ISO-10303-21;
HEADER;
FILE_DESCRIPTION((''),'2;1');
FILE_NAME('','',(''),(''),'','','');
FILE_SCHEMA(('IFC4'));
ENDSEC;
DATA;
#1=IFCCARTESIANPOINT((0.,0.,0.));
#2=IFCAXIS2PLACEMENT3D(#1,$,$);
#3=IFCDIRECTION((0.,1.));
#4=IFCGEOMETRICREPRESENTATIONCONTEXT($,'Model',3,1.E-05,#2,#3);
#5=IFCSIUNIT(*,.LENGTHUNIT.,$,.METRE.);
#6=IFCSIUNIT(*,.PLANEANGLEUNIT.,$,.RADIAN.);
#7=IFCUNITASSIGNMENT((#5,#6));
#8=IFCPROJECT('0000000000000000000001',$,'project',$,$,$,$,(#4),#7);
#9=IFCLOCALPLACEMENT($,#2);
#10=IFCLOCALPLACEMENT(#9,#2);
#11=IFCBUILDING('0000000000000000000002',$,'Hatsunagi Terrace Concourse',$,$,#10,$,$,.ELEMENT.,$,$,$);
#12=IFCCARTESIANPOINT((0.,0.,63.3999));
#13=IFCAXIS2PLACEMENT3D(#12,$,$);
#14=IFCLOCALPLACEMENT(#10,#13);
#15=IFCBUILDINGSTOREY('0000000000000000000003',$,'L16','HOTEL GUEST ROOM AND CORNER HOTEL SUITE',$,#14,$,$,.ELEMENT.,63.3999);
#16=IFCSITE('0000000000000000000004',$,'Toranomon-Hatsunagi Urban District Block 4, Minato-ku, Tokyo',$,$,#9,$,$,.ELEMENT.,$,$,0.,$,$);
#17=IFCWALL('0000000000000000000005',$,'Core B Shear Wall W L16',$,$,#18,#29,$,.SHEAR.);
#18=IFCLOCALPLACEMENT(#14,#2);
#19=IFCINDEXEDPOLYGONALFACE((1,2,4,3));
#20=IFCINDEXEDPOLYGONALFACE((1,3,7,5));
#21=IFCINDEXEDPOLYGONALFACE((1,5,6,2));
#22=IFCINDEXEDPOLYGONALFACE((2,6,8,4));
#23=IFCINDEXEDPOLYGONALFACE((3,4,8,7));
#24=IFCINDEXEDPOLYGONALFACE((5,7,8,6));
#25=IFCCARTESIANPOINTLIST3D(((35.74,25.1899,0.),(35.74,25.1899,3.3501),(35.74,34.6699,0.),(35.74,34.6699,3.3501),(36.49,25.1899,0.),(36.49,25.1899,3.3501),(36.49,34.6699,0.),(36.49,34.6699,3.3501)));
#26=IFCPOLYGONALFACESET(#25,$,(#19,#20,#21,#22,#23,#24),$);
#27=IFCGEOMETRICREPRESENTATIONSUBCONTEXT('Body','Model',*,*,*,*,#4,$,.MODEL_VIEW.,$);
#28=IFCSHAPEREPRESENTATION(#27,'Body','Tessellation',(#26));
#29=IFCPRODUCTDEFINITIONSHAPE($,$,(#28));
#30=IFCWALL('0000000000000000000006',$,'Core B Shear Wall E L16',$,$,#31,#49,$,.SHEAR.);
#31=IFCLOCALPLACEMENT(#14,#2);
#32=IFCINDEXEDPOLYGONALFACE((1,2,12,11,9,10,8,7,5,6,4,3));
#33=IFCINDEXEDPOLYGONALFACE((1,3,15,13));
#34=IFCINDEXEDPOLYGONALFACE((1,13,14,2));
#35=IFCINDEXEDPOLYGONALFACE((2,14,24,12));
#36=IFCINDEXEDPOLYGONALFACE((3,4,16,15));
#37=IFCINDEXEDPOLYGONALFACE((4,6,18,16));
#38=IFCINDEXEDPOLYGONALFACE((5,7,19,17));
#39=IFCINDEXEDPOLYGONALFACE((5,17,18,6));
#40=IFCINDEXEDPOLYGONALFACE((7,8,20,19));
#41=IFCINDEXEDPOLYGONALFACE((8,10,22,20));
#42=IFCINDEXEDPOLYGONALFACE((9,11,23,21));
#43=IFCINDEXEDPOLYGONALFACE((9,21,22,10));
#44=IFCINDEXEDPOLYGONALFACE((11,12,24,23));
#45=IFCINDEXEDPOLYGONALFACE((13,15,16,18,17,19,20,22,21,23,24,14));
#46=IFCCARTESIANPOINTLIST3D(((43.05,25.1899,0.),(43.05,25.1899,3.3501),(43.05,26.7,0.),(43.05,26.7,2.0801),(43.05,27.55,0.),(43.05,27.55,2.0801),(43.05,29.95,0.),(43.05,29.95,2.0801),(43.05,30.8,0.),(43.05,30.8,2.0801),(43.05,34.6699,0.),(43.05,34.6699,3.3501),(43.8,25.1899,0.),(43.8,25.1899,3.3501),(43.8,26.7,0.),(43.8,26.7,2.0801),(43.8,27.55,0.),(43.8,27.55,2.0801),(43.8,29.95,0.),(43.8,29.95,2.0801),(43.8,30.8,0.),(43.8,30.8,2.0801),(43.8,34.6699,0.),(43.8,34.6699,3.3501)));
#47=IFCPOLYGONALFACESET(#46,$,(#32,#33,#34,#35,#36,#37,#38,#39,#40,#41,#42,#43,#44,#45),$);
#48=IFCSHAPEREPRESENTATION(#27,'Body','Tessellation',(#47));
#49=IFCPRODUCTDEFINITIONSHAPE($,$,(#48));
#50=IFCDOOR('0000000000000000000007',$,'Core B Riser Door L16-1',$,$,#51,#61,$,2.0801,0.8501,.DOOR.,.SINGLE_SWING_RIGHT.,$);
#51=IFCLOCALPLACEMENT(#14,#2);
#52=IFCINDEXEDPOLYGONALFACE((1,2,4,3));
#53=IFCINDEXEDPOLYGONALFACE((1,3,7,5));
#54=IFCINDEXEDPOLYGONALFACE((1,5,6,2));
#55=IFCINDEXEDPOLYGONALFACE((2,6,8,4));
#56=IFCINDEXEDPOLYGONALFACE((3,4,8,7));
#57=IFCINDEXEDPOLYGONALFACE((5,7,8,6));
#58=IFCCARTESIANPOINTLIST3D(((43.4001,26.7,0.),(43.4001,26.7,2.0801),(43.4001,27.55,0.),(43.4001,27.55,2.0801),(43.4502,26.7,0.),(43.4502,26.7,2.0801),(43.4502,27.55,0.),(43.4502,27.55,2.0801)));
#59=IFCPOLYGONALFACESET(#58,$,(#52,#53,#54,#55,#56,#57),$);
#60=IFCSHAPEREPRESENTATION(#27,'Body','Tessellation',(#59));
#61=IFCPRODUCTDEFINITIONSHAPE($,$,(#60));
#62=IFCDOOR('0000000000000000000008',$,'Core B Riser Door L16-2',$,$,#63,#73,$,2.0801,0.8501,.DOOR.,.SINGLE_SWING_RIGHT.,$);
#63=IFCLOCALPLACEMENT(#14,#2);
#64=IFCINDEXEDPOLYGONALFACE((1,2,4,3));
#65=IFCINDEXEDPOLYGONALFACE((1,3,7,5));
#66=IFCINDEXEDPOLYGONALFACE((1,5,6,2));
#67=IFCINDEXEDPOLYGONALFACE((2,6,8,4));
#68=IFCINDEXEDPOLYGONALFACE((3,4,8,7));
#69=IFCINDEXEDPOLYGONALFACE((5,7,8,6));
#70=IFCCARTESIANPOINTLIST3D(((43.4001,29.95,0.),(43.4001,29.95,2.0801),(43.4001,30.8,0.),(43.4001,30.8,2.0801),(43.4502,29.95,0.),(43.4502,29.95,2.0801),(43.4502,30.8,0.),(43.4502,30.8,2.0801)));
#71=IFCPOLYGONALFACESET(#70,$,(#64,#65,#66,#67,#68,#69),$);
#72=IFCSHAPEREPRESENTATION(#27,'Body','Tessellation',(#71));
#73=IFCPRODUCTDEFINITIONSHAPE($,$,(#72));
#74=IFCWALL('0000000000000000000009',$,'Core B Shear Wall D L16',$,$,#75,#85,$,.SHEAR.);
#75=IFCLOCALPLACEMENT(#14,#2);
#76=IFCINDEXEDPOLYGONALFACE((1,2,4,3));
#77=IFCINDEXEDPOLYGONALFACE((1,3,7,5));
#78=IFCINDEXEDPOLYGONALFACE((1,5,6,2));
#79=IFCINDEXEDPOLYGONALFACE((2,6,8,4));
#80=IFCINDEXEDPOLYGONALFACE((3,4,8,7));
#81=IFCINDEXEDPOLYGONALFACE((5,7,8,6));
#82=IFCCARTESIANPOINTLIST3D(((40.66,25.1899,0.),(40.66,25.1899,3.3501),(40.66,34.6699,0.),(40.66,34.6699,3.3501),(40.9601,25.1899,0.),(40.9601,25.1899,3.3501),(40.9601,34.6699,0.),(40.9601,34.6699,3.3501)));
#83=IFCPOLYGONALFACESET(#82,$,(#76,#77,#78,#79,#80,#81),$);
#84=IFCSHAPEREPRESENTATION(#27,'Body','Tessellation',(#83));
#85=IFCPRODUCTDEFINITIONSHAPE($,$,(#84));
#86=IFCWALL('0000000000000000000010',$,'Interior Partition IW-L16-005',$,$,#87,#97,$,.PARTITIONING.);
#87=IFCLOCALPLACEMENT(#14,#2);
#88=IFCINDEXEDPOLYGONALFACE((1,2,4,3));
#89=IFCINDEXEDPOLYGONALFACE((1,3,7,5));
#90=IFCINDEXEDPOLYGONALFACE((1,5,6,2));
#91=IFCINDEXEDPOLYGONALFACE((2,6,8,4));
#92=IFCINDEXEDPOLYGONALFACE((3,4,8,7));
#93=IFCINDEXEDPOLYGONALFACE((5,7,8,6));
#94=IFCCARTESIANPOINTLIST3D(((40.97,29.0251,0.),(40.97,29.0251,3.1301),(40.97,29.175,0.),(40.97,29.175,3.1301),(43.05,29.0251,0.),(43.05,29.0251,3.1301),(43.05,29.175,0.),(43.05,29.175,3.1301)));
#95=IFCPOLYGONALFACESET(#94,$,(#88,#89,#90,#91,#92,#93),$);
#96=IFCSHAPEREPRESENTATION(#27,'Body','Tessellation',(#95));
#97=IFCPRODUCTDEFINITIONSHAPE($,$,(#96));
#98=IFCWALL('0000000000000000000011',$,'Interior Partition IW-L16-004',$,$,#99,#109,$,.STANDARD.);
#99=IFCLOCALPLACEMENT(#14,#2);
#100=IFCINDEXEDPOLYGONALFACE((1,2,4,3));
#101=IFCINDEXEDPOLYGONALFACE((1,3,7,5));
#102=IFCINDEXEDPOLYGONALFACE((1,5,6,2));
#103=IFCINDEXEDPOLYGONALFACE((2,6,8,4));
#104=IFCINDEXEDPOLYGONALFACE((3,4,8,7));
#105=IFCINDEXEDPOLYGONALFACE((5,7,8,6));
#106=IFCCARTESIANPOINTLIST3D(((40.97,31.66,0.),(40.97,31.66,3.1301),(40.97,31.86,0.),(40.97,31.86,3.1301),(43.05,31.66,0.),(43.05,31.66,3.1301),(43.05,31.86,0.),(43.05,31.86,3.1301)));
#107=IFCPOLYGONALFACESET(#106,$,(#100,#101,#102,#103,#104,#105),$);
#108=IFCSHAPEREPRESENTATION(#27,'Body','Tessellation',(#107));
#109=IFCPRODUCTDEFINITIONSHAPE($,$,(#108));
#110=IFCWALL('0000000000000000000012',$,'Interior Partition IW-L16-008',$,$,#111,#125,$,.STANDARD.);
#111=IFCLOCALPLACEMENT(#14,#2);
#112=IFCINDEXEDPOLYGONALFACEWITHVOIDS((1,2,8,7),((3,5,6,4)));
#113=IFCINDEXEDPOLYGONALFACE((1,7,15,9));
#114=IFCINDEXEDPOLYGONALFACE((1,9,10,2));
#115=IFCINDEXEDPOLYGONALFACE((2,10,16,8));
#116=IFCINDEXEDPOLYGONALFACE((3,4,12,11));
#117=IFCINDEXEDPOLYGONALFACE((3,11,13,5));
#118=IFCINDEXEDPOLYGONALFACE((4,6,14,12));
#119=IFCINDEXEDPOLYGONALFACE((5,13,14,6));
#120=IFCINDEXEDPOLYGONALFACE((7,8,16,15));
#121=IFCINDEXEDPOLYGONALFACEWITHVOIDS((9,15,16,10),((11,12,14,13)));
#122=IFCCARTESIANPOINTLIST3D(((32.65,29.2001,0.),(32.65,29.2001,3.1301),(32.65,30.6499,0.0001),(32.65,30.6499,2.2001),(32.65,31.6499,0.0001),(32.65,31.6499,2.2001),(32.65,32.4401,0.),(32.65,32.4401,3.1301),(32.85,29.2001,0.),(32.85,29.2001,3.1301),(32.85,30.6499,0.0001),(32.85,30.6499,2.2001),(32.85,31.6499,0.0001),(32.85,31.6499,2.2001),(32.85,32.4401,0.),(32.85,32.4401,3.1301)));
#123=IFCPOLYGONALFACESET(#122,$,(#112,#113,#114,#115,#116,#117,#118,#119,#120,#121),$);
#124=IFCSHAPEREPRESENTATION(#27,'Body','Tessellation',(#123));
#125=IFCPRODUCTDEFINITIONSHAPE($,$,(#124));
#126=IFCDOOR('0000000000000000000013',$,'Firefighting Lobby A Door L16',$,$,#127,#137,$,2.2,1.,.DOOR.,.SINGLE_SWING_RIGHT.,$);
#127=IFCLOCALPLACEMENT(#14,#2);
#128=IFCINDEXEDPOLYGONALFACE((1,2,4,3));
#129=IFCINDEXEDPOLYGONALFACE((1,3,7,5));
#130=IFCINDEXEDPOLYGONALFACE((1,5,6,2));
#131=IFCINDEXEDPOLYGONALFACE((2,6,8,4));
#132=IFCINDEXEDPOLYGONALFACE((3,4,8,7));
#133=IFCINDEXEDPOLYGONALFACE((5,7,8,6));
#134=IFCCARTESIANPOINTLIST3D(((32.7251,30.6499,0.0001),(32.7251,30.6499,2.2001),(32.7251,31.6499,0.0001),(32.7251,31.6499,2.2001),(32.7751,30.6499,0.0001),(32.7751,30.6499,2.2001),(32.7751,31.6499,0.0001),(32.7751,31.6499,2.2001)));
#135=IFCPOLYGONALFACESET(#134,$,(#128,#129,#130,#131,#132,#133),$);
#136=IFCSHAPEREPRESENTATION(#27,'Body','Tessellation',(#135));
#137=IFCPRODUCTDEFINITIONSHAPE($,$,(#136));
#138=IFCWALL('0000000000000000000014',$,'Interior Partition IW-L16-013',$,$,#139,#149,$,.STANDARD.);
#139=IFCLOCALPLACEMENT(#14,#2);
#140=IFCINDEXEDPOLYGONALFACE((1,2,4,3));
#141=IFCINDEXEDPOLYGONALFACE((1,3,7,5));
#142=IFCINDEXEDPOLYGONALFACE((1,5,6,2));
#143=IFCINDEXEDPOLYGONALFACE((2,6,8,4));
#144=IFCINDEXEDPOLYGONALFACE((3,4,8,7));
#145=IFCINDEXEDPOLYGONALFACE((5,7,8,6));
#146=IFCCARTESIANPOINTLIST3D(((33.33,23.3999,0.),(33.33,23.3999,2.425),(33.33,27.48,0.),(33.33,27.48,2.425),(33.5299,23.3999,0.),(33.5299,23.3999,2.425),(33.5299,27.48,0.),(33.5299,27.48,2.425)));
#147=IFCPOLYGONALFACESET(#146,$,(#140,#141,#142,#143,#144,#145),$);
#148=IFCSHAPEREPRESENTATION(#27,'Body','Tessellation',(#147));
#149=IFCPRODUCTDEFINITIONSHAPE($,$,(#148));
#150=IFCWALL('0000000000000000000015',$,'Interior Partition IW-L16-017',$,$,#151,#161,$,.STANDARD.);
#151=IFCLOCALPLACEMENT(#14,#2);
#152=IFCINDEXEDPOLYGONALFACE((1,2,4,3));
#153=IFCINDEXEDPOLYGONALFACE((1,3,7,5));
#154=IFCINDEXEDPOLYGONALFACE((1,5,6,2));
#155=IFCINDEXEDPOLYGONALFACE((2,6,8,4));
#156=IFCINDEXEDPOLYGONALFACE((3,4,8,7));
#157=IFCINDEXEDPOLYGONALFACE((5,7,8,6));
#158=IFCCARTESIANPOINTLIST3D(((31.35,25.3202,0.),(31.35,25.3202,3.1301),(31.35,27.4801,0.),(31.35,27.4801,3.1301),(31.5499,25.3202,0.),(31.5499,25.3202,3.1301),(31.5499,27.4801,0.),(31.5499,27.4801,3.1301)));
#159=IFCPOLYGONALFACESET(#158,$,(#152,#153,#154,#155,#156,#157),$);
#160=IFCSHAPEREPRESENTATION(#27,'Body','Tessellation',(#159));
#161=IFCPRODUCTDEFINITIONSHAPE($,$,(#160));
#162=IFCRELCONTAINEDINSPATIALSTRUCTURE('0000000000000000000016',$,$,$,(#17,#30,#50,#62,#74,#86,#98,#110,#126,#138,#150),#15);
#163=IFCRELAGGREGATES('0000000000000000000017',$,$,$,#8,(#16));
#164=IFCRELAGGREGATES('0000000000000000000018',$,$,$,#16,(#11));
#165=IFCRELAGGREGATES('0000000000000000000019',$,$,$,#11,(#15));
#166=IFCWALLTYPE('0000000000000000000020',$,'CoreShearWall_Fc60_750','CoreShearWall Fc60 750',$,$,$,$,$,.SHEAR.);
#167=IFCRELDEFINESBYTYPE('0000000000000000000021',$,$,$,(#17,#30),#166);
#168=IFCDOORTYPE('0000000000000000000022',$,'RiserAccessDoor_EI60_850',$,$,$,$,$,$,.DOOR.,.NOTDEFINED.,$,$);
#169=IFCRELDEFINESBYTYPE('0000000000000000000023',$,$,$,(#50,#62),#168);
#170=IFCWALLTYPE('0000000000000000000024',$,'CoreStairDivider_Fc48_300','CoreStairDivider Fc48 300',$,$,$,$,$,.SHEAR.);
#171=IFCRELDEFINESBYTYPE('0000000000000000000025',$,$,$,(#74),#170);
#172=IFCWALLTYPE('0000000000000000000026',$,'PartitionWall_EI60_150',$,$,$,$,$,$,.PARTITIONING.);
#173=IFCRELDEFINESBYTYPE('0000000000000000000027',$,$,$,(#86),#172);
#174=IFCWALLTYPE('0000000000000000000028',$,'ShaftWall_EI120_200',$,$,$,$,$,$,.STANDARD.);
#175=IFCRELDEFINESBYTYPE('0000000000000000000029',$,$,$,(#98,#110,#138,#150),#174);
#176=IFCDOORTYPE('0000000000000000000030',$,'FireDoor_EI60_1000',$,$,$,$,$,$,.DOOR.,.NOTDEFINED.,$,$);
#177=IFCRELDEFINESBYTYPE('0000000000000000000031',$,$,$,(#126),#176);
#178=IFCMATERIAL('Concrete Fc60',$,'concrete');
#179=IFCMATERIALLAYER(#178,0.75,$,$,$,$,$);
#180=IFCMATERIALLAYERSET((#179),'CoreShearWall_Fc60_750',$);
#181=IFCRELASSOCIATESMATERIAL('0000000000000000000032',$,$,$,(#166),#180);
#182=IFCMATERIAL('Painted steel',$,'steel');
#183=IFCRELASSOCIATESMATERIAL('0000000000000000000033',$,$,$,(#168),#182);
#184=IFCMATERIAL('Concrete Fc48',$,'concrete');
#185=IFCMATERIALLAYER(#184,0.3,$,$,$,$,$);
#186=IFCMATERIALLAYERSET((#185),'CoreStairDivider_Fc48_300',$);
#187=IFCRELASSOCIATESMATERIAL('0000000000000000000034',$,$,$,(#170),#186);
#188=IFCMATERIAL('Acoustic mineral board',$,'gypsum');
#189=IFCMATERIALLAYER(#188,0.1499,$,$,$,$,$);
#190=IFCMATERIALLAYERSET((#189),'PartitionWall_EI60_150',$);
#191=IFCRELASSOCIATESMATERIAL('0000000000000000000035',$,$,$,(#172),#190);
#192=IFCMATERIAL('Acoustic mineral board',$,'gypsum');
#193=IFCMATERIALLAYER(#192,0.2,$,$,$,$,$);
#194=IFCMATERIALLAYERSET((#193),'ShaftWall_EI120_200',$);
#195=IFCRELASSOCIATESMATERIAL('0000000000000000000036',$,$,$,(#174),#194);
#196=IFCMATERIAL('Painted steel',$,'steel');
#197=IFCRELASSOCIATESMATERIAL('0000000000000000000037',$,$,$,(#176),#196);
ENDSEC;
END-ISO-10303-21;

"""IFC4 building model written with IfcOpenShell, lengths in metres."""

from ifc_helpers import new_model, si_unit, direction, frame, frame_2d, origin, place, context, subcontext, project, spatial, rectangle, extrude, material, layer, layer_set, type_object, element, fill, save


model = new_model("IFC4")

# Units and contexts
model_context = context("Model", 3, precision=1e-05, world=origin(), true_north=direction((0.0, 1.0)))
body_context = subcontext(model_context, "Body", "Model", "MODEL_VIEW")
ifc_project = project(units=[si_unit("LENGTHUNIT", "METRE"), si_unit("PLANEANGLEUNIT", "RADIAN")], contexts=[model_context])

# Site, building, storey
site_placement = place(None, origin())
site = spatial("IfcSite", under=ifc_project, at=site_placement, Name="Toranomon-Hatsunagi Urban District Block 4, Minato-ku, Tokyo", CompositionType="ELEMENT", RefElevation=0.0)
building_placement = place(site_placement, origin())
building = spatial("IfcBuilding", under=site, at=building_placement, Name="Hatsunagi Terrace Concourse", CompositionType="ELEMENT")
storey_placement = place(building_placement, frame((0.0, 0.0, 63.3999)))
storey = spatial("IfcBuildingStorey", under=building, at=storey_placement, Name="L16", Description="HOTEL GUEST ROOM AND CORNER HOTEL SUITE", CompositionType="ELEMENT", Elevation=63.3999)

# Wall
ifc_material_1 = material(Name="Concrete Fc60", Category="concrete")
ifc_layer_1 = layer(ifc_material_1, 0.75)
ifc_layer_set_1 = layer_set([ifc_layer_1], Name="CoreShearWall_Fc60_750")
wall_type_1 = type_object("IfcWallType", Name="CoreShearWall_Fc60_750", Description="CoreShearWall Fc60 750", PredefinedType="SHEAR", material=ifc_layer_set_1)
wall_1_placement = place(storey_placement, frame((36.115, 25.1899, 0.0), z_axis=(0.0, 0.0, 1.0), x_axis=(0.0, 1.0, 0.0)))
element("IfcWall", 1, at=wall_1_placement, inside=storey, type_object=wall_type_1, Name="Core B Shear Wall W L16", PredefinedType="SHEAR", context=body_context, shape_type="SweptSolid", body=[
    extrude(rectangle(XDim=9.48, YDim=0.75, at=frame_2d((4.74, 0.0))), origin(), (0.0, 0.0, 1.0), 3.3501),
])

# Wall, openings, doors
wall_2_placement = place(storey_placement, frame((43.425, 25.1899, 0.0), z_axis=(0.0, 0.0, 1.0), x_axis=(0.0, 1.0, 0.0)))
wall_2 = element("IfcWall", 2, at=wall_2_placement, inside=storey, type_object=wall_type_1, Name="Core B Shear Wall E L16", PredefinedType="SHEAR", context=body_context, shape_type="SweptSolid", body=[
    extrude(rectangle(XDim=9.48, YDim=0.75, at=frame_2d((4.74, 0.0))), origin(), (0.0, 0.0, 1.0), 3.3501),
])
opening_1_placement = place(wall_2_placement, frame((1.51, 0.0, 0.0)))
opening_1 = element("IfcOpeningElement", 3, at=opening_1_placement, cuts=wall_2, PredefinedType="OPENING", context=body_context, shape_type="SweptSolid", body=[
    extrude(rectangle(XDim=0.8501, YDim=2.0801, at=frame_2d((0.425, 1.04))), frame((0.0, 0.385, 0.0), z_axis=(0.0, -1.0, 0.0), x_axis=(1.0, 0.0, 0.0)), (0.0, 0.0, 1.0), 0.77),
])
opening_2_placement = place(wall_2_placement, frame((4.76, 0.0, 0.0)))
opening_2 = element("IfcOpeningElement", 4, at=opening_2_placement, cuts=wall_2, PredefinedType="OPENING", context=body_context, shape_type="SweptSolid", body=[
    extrude(rectangle(XDim=0.8501, YDim=2.0801, at=frame_2d((0.425, 1.04))), frame((0.0, 0.385, 0.0), z_axis=(0.0, -1.0, 0.0), x_axis=(1.0, 0.0, 0.0)), (0.0, 0.0, 1.0), 0.77),
])
ifc_material_2 = material(Name="Painted steel", Category="steel")
door_type_1 = type_object("IfcDoorType", Name="RiserAccessDoor_EI60_850", OperationType="NOTDEFINED", PredefinedType="DOOR", material=ifc_material_2)
door_1_placement = place(opening_1_placement, origin())
door_1 = element("IfcDoor", 5, at=door_1_placement, inside=storey, type_object=door_type_1, Name="Core B Riser Door L16-1", OperationType="SINGLE_SWING_RIGHT", OverallHeight=2.0801, OverallWidth=0.8501, PredefinedType="DOOR", context=body_context, shape_type="SweptSolid", body=[
    extrude(rectangle(XDim=0.8501, YDim=2.0801, at=frame_2d((0.425, 1.04))), frame((0.0, 0.0249, 0.0), z_axis=(0.0, -1.0, 0.0), x_axis=(1.0, 0.0, 0.0)), (0.0, 0.0, 1.0), 0.05),
])
fill(opening_1, door_1)
door_2_placement = place(opening_2_placement, origin())
door_2 = element("IfcDoor", 6, at=door_2_placement, inside=storey, type_object=door_type_1, Name="Core B Riser Door L16-2", OperationType="SINGLE_SWING_RIGHT", OverallHeight=2.0801, OverallWidth=0.8501, PredefinedType="DOOR", context=body_context, shape_type="SweptSolid", body=[
    extrude(rectangle(XDim=0.8501, YDim=2.0801, at=frame_2d((0.425, 1.04))), frame((0.0, 0.0249, 0.0), z_axis=(0.0, -1.0, 0.0), x_axis=(1.0, 0.0, 0.0)), (0.0, 0.0, 1.0), 0.05),
])
fill(opening_2, door_2)

# Walls
ifc_material_3 = material(Name="Concrete Fc48", Category="concrete")
ifc_layer_2 = layer(ifc_material_3, 0.3)
ifc_layer_set_2 = layer_set([ifc_layer_2], Name="CoreStairDivider_Fc48_300")
wall_type_2 = type_object("IfcWallType", Name="CoreStairDivider_Fc48_300", Description="CoreStairDivider Fc48 300", PredefinedType="SHEAR", material=ifc_layer_set_2)
wall_3_placement = place(storey_placement, frame((40.8101, 25.1899, 0.0), z_axis=(0.0, 0.0, 1.0), x_axis=(0.0, 1.0, 0.0)))
element("IfcWall", 7, at=wall_3_placement, inside=storey, type_object=wall_type_2, Name="Core B Shear Wall D L16", PredefinedType="SHEAR", context=body_context, shape_type="SweptSolid", body=[
    extrude(rectangle(XDim=9.48, YDim=0.3, at=frame_2d((4.74, 0.0))), origin(), (0.0, 0.0, 1.0), 3.3501),
])
ifc_material_4 = material(Name="Acoustic mineral board", Category="gypsum")
ifc_layer_3 = layer(ifc_material_4, 0.1499)
ifc_layer_set_3 = layer_set([ifc_layer_3], Name="PartitionWall_EI60_150")
wall_type_3 = type_object("IfcWallType", Name="PartitionWall_EI60_150", PredefinedType="PARTITIONING", material=ifc_layer_set_3)
wall_4_placement = place(storey_placement, frame((40.97, 29.1001, 0.0), z_axis=(0.0, 0.0, 1.0), x_axis=(1.0, 0.0, 0.0)))
element("IfcWall", 8, at=wall_4_placement, inside=storey, type_object=wall_type_3, Name="Interior Partition IW-L16-005", PredefinedType="PARTITIONING", context=body_context, shape_type="SweptSolid", body=[
    extrude(rectangle(XDim=2.0801, YDim=0.1499, at=frame_2d((1.04, 0.0))), origin(), (0.0, 0.0, 1.0), 3.1301),
])

# Wall
ifc_material_5 = material(Name="Acoustic mineral board", Category="gypsum")
ifc_layer_4 = layer(ifc_material_5, 0.2)
ifc_layer_set_4 = layer_set([ifc_layer_4], Name="ShaftWall_EI120_200")
wall_type_4 = type_object("IfcWallType", Name="ShaftWall_EI120_200", PredefinedType="STANDARD", material=ifc_layer_set_4)
wall_5_placement = place(storey_placement, frame((40.97, 31.76, 0.0), z_axis=(0.0, 0.0, 1.0), x_axis=(1.0, 0.0, 0.0)))
element("IfcWall", 9, at=wall_5_placement, inside=storey, type_object=wall_type_4, Name="Interior Partition IW-L16-004", PredefinedType="STANDARD", context=body_context, shape_type="SweptSolid", body=[
    extrude(rectangle(XDim=2.0801, YDim=0.2, at=frame_2d((1.04, 0.0))), origin(), (0.0, 0.0, 1.0), 3.1301),
])

# Wall, opening, door
wall_6_placement = place(storey_placement, frame((32.75, 29.2, 0.0), z_axis=(0.0, 0.0, 1.0), x_axis=(0.0, 1.0, 0.0)))
wall_6 = element("IfcWall", 10, at=wall_6_placement, inside=storey, type_object=wall_type_4, Name="Interior Partition IW-L16-008", PredefinedType="STANDARD", context=body_context, shape_type="SweptSolid", body=[
    extrude(rectangle(XDim=3.24, YDim=0.2, at=frame_2d((1.6201, 0.0))), origin(), (0.0, 0.0, 1.0), 3.1301),
])
opening_3_placement = place(wall_6_placement, frame((1.45, 0.0, 0.0)))
opening_3 = element("IfcOpeningElement", 11, at=opening_3_placement, cuts=wall_6, PredefinedType="OPENING", context=body_context, shape_type="SweptSolid", body=[
    extrude(rectangle(XDim=1.0, YDim=2.2, at=frame_2d((0.5, 1.1001))), frame((0.0, 0.1099, 0.0), z_axis=(0.0, -1.0, 0.0), x_axis=(1.0, 0.0, 0.0)), (0.0, 0.0, 1.0), 0.22),
])
ifc_material_6 = material(Name="Painted steel", Category="steel")
door_type_2 = type_object("IfcDoorType", Name="FireDoor_EI60_1000", OperationType="NOTDEFINED", PredefinedType="DOOR", material=ifc_material_6)
door_3_placement = place(opening_3_placement, origin())
door_3 = element("IfcDoor", 12, at=door_3_placement, inside=storey, type_object=door_type_2, Name="Firefighting Lobby A Door L16", OperationType="SINGLE_SWING_RIGHT", OverallHeight=2.2, OverallWidth=1.0, PredefinedType="DOOR", context=body_context, shape_type="SweptSolid", body=[
    extrude(rectangle(XDim=1.0, YDim=2.2, at=frame_2d((0.5, 1.1001))), frame((0.0, 0.0249, 0.0), z_axis=(0.0, -1.0, 0.0), x_axis=(1.0, 0.0, 0.0)), (0.0, 0.0, 1.0), 0.05),
])
fill(opening_3, door_3)

# Walls
wall_7_placement = place(storey_placement, frame((33.4299, 23.3999, 0.0), z_axis=(0.0, 0.0, 1.0), x_axis=(0.0, 1.0, 0.0)))
element("IfcWall", 13, at=wall_7_placement, inside=storey, type_object=wall_type_4, Name="Interior Partition IW-L16-013", PredefinedType="STANDARD", context=body_context, shape_type="SweptSolid", body=[
    extrude(rectangle(XDim=4.0801, YDim=0.2, at=frame_2d((2.04, 0.0))), origin(), (0.0, 0.0, 1.0), 2.425),
])
wall_8_placement = place(storey_placement, frame((31.45, 25.3201, 0.0), z_axis=(0.0, 0.0, 1.0), x_axis=(0.0, 1.0, 0.0)))
element("IfcWall", 14, at=wall_8_placement, inside=storey, type_object=wall_type_4, Name="Interior Partition IW-L16-017", PredefinedType="STANDARD", context=body_context, shape_type="SweptSolid", body=[
    extrude(rectangle(XDim=2.1599, YDim=0.2, at=frame_2d((1.0801, 0.0))), origin(), (0.0, 0.0, 1.0), 3.1301),
])

save(model, "model.ifc")
